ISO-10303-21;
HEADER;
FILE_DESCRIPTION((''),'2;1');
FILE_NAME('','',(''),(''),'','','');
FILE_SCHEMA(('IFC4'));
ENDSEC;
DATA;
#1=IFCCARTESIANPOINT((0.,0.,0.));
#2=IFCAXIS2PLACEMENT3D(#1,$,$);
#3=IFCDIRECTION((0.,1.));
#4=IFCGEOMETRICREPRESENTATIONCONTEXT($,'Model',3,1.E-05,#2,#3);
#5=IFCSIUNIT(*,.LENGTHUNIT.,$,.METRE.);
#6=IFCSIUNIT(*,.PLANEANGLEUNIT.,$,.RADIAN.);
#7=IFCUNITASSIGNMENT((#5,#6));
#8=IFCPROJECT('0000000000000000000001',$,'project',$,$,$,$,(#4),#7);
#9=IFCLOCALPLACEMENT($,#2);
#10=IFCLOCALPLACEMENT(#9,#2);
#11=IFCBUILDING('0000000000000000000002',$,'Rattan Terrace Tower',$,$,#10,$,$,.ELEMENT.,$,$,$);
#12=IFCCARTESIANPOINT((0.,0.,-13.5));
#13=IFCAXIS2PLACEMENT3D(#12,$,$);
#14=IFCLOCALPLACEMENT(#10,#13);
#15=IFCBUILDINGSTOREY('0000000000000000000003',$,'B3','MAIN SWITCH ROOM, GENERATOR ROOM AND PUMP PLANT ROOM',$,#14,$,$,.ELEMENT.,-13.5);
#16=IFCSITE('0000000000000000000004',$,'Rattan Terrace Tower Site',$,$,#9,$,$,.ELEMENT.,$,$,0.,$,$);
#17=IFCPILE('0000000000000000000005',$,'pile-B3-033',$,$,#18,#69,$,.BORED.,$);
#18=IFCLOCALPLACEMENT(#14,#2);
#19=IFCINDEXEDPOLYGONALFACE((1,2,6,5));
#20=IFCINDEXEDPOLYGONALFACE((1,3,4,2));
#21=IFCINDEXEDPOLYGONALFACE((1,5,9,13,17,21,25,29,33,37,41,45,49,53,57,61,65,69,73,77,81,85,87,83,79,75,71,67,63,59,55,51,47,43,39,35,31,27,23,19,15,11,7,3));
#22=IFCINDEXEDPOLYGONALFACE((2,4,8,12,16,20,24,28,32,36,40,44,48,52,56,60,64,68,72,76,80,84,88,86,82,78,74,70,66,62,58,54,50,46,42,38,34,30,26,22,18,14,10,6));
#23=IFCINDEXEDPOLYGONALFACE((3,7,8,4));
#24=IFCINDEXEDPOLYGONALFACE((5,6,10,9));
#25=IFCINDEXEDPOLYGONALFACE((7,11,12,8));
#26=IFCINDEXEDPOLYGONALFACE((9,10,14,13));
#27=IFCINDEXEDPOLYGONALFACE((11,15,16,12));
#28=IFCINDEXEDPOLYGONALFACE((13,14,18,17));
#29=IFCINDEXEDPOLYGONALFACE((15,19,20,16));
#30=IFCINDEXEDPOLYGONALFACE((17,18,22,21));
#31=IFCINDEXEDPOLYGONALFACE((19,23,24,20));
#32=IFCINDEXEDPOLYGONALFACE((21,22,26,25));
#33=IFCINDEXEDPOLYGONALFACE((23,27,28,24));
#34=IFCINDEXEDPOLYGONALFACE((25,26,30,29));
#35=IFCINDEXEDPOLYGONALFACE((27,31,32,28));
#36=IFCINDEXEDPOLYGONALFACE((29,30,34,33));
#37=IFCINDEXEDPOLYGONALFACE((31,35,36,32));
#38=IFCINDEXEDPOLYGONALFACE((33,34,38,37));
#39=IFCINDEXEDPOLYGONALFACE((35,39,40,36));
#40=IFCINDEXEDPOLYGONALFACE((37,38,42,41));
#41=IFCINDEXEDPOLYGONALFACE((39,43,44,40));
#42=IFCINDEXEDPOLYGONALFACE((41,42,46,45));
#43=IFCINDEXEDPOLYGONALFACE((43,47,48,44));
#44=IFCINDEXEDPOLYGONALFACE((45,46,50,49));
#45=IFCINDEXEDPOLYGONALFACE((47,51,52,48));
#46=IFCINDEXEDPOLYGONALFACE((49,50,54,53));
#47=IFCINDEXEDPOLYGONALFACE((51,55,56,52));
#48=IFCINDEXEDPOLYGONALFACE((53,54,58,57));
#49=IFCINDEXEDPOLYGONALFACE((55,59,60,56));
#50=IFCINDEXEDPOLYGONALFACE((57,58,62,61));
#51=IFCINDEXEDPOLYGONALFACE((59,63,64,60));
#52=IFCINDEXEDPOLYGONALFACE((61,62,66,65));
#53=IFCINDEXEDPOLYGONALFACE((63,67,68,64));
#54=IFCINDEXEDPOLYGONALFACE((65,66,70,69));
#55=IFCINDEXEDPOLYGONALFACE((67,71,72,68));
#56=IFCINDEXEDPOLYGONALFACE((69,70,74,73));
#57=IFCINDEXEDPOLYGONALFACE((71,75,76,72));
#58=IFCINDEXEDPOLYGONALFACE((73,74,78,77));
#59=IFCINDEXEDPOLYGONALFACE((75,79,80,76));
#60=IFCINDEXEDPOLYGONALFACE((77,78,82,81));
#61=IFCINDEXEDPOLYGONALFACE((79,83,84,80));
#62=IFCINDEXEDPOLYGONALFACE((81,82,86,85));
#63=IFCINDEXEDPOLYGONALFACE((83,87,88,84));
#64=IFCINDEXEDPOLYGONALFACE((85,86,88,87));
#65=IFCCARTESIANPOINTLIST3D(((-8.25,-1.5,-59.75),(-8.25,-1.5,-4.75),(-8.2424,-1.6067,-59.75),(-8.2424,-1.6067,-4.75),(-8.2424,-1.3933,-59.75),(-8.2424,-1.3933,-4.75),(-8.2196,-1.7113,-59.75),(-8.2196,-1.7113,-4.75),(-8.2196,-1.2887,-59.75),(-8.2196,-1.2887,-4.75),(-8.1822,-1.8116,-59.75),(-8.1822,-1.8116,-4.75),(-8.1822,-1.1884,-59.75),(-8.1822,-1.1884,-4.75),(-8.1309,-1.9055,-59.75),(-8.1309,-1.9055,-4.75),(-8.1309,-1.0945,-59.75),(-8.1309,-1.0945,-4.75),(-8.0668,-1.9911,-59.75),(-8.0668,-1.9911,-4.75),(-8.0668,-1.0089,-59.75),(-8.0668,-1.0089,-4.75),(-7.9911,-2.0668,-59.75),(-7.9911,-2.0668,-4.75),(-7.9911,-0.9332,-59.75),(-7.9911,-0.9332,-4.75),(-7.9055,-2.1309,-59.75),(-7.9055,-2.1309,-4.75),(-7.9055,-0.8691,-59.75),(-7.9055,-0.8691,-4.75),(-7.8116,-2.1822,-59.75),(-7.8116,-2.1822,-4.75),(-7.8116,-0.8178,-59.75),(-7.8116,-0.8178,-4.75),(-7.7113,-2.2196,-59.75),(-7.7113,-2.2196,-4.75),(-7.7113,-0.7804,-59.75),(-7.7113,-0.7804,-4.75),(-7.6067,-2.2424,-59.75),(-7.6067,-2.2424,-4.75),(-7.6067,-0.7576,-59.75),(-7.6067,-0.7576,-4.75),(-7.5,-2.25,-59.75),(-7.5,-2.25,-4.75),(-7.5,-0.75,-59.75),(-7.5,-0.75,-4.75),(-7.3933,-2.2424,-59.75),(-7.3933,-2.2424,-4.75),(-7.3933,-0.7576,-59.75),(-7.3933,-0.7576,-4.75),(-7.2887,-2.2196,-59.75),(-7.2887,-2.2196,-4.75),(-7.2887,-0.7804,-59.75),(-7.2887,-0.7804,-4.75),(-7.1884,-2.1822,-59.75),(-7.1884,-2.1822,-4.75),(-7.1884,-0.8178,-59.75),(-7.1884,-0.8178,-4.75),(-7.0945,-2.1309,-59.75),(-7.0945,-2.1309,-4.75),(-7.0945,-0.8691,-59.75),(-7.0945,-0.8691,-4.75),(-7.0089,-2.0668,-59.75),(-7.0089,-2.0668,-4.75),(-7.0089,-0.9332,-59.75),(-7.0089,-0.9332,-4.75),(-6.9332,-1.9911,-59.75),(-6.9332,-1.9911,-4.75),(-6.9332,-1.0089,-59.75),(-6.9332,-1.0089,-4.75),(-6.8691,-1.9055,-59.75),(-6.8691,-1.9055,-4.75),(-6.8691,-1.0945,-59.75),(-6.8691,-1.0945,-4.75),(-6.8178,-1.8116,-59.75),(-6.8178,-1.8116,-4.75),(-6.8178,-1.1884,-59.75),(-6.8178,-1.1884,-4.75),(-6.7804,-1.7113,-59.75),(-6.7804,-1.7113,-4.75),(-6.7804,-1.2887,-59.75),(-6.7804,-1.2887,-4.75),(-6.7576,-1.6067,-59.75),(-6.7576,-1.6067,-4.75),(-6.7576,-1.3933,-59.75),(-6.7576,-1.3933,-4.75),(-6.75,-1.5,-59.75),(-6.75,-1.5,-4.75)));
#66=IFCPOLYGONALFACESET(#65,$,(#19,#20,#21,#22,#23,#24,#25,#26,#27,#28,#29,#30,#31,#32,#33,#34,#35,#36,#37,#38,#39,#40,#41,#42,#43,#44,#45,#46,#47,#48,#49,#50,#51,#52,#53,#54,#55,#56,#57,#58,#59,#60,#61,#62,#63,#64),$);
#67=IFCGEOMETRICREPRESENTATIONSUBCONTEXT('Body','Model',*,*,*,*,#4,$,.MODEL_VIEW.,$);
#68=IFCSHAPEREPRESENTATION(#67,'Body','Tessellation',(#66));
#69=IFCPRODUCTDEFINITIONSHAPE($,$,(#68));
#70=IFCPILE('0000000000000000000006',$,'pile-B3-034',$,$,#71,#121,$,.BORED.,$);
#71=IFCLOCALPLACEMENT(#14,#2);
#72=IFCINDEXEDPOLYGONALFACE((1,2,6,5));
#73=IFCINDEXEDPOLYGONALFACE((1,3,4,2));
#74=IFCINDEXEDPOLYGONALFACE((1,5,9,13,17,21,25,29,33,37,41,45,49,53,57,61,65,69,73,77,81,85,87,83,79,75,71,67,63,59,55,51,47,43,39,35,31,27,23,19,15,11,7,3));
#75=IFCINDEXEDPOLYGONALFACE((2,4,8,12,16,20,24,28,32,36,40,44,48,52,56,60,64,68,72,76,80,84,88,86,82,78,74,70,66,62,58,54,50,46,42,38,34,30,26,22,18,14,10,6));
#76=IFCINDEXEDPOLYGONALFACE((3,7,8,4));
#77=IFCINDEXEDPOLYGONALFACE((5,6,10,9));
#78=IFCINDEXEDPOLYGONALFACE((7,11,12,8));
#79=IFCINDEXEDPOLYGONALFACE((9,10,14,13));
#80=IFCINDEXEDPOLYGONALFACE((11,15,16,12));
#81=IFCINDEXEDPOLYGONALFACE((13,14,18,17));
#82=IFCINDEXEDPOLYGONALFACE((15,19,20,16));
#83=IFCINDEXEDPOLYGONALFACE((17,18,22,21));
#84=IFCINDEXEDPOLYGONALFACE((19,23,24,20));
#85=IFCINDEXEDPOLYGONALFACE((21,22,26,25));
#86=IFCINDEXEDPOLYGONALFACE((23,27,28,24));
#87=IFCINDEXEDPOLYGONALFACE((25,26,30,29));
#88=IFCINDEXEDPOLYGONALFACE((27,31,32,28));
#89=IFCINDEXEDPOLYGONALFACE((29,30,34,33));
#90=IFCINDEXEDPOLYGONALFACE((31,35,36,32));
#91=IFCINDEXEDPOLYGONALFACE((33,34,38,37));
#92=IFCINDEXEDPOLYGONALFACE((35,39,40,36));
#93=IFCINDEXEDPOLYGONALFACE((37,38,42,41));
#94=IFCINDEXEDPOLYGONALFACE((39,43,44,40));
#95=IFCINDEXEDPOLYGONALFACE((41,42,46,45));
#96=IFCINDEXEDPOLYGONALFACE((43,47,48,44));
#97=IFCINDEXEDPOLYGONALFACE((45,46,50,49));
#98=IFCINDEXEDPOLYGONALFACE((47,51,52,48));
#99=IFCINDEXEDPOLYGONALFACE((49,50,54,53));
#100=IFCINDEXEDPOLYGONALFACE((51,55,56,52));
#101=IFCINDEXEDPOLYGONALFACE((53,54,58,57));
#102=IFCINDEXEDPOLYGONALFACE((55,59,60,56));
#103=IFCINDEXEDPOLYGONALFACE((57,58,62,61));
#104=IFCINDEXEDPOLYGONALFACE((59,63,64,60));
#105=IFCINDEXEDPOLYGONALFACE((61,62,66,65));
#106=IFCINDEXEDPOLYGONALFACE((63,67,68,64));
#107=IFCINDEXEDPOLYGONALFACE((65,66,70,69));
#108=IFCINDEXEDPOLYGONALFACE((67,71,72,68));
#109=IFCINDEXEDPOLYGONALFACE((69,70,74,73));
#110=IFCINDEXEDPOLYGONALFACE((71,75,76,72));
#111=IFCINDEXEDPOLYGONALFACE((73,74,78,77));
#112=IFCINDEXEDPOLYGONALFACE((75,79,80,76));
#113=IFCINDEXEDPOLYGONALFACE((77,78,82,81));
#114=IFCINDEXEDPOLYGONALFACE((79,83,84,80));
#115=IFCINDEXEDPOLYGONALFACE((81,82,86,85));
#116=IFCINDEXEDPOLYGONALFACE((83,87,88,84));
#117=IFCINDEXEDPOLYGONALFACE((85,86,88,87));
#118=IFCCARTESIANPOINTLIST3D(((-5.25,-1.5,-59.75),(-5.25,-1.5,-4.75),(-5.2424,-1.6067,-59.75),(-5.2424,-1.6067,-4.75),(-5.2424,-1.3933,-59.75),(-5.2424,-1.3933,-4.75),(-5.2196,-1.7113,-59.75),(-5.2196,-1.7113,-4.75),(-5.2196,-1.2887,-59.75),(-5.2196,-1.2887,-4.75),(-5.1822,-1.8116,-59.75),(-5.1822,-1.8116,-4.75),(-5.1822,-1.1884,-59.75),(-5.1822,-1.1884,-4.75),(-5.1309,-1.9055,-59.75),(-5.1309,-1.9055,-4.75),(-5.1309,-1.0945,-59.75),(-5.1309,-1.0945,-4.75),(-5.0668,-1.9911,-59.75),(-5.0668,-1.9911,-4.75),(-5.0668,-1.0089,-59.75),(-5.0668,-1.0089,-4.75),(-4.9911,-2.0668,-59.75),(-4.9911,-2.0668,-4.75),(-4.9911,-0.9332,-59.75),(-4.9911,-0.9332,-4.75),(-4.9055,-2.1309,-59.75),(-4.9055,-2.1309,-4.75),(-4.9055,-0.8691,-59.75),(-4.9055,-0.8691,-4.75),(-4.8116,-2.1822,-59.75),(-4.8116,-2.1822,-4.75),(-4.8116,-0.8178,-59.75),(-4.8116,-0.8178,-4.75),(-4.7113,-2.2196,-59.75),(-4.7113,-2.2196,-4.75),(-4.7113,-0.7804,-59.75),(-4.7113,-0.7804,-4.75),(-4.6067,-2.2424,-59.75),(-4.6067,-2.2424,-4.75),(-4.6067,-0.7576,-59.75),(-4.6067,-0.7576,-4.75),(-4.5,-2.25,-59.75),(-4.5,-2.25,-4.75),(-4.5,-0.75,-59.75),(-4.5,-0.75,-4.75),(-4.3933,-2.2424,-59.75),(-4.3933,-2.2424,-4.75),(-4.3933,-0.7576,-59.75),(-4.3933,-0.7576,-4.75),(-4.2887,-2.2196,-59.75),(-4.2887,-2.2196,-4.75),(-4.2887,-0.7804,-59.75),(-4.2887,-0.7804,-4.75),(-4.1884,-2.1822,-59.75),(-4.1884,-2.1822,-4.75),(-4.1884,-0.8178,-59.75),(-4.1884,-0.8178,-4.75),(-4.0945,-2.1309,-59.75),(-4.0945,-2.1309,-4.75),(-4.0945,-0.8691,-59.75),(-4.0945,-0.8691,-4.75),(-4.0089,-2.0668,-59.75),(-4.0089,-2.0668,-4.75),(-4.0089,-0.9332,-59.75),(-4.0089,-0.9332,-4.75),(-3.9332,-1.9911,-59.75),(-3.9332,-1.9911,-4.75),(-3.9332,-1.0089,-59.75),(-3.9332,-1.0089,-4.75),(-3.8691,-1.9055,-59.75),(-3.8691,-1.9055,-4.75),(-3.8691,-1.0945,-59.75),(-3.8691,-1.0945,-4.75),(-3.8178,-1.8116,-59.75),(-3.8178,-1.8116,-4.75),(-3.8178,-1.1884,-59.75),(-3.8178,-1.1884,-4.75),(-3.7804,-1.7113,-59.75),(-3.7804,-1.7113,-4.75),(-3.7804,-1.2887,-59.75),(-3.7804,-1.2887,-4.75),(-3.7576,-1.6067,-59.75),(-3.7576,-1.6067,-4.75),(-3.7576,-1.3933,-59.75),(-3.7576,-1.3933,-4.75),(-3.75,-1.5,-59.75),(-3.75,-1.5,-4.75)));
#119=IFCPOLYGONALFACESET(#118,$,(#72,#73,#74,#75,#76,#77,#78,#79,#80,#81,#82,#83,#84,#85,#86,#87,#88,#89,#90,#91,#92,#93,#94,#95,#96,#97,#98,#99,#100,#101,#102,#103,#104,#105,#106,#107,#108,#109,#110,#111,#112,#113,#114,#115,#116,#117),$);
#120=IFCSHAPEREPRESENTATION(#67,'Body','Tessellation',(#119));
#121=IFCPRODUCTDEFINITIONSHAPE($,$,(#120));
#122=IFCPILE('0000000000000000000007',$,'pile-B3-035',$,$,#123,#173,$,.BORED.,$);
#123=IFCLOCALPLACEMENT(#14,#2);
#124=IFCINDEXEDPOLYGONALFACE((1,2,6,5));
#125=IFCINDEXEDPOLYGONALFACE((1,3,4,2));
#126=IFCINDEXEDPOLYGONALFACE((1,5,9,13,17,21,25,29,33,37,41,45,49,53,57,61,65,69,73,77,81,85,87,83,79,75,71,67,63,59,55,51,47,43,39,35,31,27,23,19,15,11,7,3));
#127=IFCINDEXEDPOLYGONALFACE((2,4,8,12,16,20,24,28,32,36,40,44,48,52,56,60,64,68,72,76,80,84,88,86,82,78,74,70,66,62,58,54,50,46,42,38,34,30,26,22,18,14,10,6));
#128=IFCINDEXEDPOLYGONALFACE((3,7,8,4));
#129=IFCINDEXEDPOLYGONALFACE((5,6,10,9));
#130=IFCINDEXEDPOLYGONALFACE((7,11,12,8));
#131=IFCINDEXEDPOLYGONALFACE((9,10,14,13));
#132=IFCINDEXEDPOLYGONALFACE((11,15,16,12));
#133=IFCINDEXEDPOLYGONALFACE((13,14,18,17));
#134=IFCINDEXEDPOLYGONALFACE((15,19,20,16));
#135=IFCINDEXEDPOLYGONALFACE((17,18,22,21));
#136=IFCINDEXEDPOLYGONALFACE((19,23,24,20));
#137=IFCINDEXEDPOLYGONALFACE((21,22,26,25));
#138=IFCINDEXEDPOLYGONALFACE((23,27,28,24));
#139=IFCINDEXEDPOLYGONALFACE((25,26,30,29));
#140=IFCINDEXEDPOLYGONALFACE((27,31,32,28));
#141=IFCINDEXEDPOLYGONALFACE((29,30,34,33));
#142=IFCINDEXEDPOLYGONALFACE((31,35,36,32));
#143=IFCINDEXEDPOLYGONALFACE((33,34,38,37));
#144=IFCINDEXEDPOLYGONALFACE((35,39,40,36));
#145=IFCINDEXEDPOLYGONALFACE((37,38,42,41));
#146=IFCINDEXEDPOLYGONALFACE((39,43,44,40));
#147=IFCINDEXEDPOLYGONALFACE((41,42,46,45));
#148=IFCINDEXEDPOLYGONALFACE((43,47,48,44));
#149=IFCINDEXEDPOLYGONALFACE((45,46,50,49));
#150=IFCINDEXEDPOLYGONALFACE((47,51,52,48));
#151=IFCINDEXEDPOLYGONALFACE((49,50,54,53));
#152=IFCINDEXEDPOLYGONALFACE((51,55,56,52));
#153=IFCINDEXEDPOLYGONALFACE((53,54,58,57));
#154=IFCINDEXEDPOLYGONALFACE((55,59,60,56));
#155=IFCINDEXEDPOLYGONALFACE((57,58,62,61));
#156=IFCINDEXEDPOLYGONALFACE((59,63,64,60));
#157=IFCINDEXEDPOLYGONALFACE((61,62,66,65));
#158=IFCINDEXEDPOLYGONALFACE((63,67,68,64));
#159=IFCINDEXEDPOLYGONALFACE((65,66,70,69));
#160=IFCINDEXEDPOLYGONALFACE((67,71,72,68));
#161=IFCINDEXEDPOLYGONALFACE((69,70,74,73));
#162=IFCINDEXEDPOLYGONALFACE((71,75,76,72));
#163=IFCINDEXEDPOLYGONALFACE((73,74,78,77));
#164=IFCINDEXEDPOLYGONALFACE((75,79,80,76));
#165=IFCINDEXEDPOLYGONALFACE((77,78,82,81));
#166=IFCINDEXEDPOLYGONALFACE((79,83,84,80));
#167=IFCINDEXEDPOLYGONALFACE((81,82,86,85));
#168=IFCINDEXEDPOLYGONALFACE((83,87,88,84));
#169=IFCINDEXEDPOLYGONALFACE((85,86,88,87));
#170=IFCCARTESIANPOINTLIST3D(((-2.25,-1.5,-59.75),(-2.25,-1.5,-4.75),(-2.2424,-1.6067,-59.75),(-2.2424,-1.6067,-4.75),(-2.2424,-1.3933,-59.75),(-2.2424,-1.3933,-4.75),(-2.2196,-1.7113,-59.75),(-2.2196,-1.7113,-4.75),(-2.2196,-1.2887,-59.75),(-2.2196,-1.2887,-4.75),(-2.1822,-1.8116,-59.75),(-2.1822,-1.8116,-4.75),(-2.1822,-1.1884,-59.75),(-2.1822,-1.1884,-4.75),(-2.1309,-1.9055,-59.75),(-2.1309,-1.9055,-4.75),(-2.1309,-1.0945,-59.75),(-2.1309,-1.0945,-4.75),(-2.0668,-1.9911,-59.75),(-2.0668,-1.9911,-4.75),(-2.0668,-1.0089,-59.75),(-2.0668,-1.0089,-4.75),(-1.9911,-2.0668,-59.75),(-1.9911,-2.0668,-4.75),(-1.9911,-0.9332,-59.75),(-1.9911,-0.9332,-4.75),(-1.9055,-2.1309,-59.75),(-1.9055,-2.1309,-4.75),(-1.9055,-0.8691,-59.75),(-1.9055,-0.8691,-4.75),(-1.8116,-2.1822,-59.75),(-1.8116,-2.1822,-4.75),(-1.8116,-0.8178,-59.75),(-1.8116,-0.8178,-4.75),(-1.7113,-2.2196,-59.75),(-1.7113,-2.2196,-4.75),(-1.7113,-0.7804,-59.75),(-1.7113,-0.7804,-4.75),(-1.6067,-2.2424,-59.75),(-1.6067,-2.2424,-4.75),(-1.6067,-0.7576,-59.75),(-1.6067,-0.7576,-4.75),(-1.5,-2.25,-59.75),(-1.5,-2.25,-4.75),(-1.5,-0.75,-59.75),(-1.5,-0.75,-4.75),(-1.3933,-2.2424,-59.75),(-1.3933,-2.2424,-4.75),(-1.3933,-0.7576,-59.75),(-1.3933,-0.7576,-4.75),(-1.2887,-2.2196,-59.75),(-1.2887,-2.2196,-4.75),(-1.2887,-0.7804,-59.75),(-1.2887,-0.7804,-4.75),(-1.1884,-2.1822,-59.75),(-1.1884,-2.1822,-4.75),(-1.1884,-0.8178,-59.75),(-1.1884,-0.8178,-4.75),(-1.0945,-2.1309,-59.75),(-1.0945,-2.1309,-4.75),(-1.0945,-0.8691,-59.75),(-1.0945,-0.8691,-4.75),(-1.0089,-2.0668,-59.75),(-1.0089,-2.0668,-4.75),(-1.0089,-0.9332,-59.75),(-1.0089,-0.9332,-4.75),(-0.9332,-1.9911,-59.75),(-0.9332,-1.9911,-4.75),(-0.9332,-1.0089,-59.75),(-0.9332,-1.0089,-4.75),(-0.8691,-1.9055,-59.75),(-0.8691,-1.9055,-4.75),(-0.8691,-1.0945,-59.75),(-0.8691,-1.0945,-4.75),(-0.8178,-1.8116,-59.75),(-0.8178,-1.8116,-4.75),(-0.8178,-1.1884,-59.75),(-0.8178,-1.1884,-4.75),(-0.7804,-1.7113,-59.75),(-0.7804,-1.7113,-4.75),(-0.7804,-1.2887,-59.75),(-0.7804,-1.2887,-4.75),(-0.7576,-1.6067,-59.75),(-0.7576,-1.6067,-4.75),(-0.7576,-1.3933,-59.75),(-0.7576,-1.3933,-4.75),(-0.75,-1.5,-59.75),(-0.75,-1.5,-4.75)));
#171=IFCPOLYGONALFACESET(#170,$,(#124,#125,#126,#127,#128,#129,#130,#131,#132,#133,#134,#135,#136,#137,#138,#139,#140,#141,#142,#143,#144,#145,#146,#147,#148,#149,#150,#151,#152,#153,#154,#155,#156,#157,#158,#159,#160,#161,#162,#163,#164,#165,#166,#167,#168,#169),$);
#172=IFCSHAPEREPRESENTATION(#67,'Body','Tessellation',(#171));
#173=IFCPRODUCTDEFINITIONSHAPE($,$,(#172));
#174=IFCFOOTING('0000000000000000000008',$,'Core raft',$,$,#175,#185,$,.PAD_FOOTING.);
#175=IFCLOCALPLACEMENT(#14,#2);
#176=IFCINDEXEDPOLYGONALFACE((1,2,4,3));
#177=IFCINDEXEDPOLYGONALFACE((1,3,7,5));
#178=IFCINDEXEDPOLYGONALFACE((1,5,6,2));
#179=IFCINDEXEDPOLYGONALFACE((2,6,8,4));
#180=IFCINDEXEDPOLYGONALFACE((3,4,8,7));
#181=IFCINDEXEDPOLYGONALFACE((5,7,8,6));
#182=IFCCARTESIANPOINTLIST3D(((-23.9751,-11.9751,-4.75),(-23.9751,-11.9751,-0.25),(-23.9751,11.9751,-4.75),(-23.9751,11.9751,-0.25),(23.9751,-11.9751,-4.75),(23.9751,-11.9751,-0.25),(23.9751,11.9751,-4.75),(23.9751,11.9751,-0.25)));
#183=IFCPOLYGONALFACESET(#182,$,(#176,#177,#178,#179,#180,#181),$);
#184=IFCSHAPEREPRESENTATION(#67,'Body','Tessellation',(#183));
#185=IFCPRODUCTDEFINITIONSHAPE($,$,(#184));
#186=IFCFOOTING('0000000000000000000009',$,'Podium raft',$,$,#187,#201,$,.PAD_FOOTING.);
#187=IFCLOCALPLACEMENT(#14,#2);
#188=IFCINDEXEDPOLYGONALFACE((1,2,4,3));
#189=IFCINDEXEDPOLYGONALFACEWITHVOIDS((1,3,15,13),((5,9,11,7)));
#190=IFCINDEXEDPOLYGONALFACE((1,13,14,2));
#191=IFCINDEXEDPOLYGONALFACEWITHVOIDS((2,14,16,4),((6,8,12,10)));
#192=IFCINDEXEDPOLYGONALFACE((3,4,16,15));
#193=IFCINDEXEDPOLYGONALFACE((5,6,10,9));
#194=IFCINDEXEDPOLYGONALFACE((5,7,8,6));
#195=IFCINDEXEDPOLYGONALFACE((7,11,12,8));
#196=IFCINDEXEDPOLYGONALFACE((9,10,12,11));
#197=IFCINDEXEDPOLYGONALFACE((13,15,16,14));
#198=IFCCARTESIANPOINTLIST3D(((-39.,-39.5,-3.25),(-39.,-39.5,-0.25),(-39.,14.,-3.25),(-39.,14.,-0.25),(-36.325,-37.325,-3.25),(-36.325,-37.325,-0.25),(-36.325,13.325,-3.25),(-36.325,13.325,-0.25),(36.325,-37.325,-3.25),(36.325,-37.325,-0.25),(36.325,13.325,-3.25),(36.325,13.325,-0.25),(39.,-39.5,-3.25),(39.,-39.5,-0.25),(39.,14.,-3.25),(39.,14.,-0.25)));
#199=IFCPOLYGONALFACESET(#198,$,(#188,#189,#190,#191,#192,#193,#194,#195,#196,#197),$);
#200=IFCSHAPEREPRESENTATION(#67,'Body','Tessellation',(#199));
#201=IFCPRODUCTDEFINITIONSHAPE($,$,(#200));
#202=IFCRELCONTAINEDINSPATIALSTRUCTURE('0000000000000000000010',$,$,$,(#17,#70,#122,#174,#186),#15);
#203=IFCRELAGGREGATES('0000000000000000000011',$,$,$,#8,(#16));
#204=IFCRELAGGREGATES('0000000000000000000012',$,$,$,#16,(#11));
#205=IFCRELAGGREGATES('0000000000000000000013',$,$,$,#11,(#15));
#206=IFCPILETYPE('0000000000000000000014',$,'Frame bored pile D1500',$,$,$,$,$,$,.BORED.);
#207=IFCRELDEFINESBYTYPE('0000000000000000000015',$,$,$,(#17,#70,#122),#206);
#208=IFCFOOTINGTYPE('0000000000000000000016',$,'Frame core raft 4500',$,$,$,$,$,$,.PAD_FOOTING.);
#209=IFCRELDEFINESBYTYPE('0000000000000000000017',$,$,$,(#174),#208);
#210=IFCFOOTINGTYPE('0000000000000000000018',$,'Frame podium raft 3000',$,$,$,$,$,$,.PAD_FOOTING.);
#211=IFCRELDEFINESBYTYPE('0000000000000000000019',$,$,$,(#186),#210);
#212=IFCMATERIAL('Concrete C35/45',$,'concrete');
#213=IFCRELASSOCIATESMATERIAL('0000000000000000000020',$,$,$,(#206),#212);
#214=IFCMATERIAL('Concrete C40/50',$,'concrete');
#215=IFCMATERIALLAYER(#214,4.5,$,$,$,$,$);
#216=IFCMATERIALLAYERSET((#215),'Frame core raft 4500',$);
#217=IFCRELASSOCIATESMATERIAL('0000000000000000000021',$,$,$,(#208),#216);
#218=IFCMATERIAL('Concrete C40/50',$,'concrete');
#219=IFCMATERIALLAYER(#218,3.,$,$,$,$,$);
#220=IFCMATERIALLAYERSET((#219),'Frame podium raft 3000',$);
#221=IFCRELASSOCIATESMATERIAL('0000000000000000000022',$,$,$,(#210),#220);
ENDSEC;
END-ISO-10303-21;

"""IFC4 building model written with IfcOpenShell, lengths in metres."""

from ifc_helpers import new_model, si_unit, direction, frame, origin, origin_2d, place, context, subcontext, project, spatial, polyline, circle, outline, extrude, material, layer, layer_set, material_profile, profile_set, type_object, element, save


model = new_model("IFC4")

# Units and contexts
model_context = context("Model", 3, precision=1e-05, world=origin(), true_north=direction((0.0, 1.0)))
body_context = subcontext(model_context, "Body", "Model", "MODEL_VIEW")
ifc_project = project(units=[si_unit("LENGTHUNIT", "METRE"), si_unit("PLANEANGLEUNIT", "RADIAN")], contexts=[model_context])

# Site, building, storey
site_placement = place(None, origin())
site = spatial("IfcSite", under=ifc_project, at=site_placement, Name="Rattan Terrace Tower Site", CompositionType="ELEMENT", RefElevation=0.0)
building_placement = place(site_placement, origin())
building = spatial("IfcBuilding", under=site, at=building_placement, Name="Rattan Terrace Tower", CompositionType="ELEMENT")
storey_placement = place(building_placement, frame((0.0, 0.0, -13.5)))
storey = spatial("IfcBuildingStorey", under=building, at=storey_placement, Name="B3", Description="MAIN SWITCH ROOM, GENERATOR ROOM AND PUMP PLANT ROOM", CompositionType="ELEMENT", Elevation=-13.5)

# Piles
ifc_material_1 = material(Name="Concrete C35/45", Category="concrete")
ifc_material_profile = material_profile(ifc_material_1, circle(Radius=0.75, at=origin_2d()), Name="PILE D1500")
ifc_profile_set = profile_set([ifc_material_profile], Name="Concrete C35/45")
pile_type = type_object("IfcPileType", Name="Frame bored pile D1500", PredefinedType="BORED", material=ifc_profile_set)
for number, where, z_axis, x_axis, name in (
    (1, (-7.5, -1.5, -4.75), (0.0, 0.0, -1.0), (1.0, 0.0, 0.0), "pile-B3-033"),
    (2, (-4.5, -1.5, -4.75), (0.0, 0.0, -1.0), (1.0, 0.0, 0.0), "pile-B3-034"),
    (3, (-1.5, -1.5, -4.75), (0.0, 0.0, -1.0), (1.0, 0.0, 0.0), "pile-B3-035"),
):
    element("IfcPile", number, at=place(storey_placement, frame(where, z_axis=z_axis, x_axis=x_axis)), inside=storey, type_object=pile_type, Name=name, PredefinedType="BORED", context=body_context, shape_type="SweptSolid", body=[
        extrude(circle(Radius=0.75, at=origin_2d()), origin(), (0.0, 0.0, 1.0), 55.0),
    ])

# Footings
ifc_material_2 = material(Name="Concrete C40/50", Category="concrete")
ifc_layer_1 = layer(ifc_material_2, 4.5)
ifc_layer_set_1 = layer_set([ifc_layer_1], Name="Frame core raft 4500")
footing_type_1 = type_object("IfcFootingType", Name="Frame core raft 4500", PredefinedType="PAD_FOOTING", material=ifc_layer_set_1)
footing_1_placement = place(storey_placement, frame((0.0, 0.0, -4.75)))
element("IfcFooting", 4, at=footing_1_placement, inside=storey, type_object=footing_type_1, Name="Core raft", PredefinedType="PAD_FOOTING", context=body_context, shape_type="SweptSolid", body=[
    extrude(outline(polyline([(23.9751, -11.9751), (23.9751, 11.9751), (-23.9751, 11.9751), (-23.9751, -11.9751), (23.9751, -11.9751)])), origin(), (0.0, 0.0, 1.0), 4.5),
])
ifc_material_3 = material(Name="Concrete C40/50", Category="concrete")
ifc_layer_2 = layer(ifc_material_3, 3.0)
ifc_layer_set_2 = layer_set([ifc_layer_2], Name="Frame podium raft 3000")
footing_type_2 = type_object("IfcFootingType", Name="Frame podium raft 3000", PredefinedType="PAD_FOOTING", material=ifc_layer_set_2)
footing_2_placement = place(storey_placement, frame((0.0, 0.0, -3.25)))
element("IfcFooting", 5, at=footing_2_placement, inside=storey, type_object=footing_type_2, Name="Podium raft", PredefinedType="PAD_FOOTING", context=body_context, shape_type="SweptSolid", body=[
    extrude(outline(polyline([(-39.0, -39.5), (39.0, -39.5), (39.0, 14.0), (-39.0, 14.0), (-39.0, -39.5)]), holes=[polyline([(36.325, 13.325), (-36.325, 13.325), (-36.325, -37.325), (36.325, -37.325), (36.325, 13.325)])]), origin(), (0.0, 0.0, 1.0), 3.0),
])

save(model, "model.ifc")
